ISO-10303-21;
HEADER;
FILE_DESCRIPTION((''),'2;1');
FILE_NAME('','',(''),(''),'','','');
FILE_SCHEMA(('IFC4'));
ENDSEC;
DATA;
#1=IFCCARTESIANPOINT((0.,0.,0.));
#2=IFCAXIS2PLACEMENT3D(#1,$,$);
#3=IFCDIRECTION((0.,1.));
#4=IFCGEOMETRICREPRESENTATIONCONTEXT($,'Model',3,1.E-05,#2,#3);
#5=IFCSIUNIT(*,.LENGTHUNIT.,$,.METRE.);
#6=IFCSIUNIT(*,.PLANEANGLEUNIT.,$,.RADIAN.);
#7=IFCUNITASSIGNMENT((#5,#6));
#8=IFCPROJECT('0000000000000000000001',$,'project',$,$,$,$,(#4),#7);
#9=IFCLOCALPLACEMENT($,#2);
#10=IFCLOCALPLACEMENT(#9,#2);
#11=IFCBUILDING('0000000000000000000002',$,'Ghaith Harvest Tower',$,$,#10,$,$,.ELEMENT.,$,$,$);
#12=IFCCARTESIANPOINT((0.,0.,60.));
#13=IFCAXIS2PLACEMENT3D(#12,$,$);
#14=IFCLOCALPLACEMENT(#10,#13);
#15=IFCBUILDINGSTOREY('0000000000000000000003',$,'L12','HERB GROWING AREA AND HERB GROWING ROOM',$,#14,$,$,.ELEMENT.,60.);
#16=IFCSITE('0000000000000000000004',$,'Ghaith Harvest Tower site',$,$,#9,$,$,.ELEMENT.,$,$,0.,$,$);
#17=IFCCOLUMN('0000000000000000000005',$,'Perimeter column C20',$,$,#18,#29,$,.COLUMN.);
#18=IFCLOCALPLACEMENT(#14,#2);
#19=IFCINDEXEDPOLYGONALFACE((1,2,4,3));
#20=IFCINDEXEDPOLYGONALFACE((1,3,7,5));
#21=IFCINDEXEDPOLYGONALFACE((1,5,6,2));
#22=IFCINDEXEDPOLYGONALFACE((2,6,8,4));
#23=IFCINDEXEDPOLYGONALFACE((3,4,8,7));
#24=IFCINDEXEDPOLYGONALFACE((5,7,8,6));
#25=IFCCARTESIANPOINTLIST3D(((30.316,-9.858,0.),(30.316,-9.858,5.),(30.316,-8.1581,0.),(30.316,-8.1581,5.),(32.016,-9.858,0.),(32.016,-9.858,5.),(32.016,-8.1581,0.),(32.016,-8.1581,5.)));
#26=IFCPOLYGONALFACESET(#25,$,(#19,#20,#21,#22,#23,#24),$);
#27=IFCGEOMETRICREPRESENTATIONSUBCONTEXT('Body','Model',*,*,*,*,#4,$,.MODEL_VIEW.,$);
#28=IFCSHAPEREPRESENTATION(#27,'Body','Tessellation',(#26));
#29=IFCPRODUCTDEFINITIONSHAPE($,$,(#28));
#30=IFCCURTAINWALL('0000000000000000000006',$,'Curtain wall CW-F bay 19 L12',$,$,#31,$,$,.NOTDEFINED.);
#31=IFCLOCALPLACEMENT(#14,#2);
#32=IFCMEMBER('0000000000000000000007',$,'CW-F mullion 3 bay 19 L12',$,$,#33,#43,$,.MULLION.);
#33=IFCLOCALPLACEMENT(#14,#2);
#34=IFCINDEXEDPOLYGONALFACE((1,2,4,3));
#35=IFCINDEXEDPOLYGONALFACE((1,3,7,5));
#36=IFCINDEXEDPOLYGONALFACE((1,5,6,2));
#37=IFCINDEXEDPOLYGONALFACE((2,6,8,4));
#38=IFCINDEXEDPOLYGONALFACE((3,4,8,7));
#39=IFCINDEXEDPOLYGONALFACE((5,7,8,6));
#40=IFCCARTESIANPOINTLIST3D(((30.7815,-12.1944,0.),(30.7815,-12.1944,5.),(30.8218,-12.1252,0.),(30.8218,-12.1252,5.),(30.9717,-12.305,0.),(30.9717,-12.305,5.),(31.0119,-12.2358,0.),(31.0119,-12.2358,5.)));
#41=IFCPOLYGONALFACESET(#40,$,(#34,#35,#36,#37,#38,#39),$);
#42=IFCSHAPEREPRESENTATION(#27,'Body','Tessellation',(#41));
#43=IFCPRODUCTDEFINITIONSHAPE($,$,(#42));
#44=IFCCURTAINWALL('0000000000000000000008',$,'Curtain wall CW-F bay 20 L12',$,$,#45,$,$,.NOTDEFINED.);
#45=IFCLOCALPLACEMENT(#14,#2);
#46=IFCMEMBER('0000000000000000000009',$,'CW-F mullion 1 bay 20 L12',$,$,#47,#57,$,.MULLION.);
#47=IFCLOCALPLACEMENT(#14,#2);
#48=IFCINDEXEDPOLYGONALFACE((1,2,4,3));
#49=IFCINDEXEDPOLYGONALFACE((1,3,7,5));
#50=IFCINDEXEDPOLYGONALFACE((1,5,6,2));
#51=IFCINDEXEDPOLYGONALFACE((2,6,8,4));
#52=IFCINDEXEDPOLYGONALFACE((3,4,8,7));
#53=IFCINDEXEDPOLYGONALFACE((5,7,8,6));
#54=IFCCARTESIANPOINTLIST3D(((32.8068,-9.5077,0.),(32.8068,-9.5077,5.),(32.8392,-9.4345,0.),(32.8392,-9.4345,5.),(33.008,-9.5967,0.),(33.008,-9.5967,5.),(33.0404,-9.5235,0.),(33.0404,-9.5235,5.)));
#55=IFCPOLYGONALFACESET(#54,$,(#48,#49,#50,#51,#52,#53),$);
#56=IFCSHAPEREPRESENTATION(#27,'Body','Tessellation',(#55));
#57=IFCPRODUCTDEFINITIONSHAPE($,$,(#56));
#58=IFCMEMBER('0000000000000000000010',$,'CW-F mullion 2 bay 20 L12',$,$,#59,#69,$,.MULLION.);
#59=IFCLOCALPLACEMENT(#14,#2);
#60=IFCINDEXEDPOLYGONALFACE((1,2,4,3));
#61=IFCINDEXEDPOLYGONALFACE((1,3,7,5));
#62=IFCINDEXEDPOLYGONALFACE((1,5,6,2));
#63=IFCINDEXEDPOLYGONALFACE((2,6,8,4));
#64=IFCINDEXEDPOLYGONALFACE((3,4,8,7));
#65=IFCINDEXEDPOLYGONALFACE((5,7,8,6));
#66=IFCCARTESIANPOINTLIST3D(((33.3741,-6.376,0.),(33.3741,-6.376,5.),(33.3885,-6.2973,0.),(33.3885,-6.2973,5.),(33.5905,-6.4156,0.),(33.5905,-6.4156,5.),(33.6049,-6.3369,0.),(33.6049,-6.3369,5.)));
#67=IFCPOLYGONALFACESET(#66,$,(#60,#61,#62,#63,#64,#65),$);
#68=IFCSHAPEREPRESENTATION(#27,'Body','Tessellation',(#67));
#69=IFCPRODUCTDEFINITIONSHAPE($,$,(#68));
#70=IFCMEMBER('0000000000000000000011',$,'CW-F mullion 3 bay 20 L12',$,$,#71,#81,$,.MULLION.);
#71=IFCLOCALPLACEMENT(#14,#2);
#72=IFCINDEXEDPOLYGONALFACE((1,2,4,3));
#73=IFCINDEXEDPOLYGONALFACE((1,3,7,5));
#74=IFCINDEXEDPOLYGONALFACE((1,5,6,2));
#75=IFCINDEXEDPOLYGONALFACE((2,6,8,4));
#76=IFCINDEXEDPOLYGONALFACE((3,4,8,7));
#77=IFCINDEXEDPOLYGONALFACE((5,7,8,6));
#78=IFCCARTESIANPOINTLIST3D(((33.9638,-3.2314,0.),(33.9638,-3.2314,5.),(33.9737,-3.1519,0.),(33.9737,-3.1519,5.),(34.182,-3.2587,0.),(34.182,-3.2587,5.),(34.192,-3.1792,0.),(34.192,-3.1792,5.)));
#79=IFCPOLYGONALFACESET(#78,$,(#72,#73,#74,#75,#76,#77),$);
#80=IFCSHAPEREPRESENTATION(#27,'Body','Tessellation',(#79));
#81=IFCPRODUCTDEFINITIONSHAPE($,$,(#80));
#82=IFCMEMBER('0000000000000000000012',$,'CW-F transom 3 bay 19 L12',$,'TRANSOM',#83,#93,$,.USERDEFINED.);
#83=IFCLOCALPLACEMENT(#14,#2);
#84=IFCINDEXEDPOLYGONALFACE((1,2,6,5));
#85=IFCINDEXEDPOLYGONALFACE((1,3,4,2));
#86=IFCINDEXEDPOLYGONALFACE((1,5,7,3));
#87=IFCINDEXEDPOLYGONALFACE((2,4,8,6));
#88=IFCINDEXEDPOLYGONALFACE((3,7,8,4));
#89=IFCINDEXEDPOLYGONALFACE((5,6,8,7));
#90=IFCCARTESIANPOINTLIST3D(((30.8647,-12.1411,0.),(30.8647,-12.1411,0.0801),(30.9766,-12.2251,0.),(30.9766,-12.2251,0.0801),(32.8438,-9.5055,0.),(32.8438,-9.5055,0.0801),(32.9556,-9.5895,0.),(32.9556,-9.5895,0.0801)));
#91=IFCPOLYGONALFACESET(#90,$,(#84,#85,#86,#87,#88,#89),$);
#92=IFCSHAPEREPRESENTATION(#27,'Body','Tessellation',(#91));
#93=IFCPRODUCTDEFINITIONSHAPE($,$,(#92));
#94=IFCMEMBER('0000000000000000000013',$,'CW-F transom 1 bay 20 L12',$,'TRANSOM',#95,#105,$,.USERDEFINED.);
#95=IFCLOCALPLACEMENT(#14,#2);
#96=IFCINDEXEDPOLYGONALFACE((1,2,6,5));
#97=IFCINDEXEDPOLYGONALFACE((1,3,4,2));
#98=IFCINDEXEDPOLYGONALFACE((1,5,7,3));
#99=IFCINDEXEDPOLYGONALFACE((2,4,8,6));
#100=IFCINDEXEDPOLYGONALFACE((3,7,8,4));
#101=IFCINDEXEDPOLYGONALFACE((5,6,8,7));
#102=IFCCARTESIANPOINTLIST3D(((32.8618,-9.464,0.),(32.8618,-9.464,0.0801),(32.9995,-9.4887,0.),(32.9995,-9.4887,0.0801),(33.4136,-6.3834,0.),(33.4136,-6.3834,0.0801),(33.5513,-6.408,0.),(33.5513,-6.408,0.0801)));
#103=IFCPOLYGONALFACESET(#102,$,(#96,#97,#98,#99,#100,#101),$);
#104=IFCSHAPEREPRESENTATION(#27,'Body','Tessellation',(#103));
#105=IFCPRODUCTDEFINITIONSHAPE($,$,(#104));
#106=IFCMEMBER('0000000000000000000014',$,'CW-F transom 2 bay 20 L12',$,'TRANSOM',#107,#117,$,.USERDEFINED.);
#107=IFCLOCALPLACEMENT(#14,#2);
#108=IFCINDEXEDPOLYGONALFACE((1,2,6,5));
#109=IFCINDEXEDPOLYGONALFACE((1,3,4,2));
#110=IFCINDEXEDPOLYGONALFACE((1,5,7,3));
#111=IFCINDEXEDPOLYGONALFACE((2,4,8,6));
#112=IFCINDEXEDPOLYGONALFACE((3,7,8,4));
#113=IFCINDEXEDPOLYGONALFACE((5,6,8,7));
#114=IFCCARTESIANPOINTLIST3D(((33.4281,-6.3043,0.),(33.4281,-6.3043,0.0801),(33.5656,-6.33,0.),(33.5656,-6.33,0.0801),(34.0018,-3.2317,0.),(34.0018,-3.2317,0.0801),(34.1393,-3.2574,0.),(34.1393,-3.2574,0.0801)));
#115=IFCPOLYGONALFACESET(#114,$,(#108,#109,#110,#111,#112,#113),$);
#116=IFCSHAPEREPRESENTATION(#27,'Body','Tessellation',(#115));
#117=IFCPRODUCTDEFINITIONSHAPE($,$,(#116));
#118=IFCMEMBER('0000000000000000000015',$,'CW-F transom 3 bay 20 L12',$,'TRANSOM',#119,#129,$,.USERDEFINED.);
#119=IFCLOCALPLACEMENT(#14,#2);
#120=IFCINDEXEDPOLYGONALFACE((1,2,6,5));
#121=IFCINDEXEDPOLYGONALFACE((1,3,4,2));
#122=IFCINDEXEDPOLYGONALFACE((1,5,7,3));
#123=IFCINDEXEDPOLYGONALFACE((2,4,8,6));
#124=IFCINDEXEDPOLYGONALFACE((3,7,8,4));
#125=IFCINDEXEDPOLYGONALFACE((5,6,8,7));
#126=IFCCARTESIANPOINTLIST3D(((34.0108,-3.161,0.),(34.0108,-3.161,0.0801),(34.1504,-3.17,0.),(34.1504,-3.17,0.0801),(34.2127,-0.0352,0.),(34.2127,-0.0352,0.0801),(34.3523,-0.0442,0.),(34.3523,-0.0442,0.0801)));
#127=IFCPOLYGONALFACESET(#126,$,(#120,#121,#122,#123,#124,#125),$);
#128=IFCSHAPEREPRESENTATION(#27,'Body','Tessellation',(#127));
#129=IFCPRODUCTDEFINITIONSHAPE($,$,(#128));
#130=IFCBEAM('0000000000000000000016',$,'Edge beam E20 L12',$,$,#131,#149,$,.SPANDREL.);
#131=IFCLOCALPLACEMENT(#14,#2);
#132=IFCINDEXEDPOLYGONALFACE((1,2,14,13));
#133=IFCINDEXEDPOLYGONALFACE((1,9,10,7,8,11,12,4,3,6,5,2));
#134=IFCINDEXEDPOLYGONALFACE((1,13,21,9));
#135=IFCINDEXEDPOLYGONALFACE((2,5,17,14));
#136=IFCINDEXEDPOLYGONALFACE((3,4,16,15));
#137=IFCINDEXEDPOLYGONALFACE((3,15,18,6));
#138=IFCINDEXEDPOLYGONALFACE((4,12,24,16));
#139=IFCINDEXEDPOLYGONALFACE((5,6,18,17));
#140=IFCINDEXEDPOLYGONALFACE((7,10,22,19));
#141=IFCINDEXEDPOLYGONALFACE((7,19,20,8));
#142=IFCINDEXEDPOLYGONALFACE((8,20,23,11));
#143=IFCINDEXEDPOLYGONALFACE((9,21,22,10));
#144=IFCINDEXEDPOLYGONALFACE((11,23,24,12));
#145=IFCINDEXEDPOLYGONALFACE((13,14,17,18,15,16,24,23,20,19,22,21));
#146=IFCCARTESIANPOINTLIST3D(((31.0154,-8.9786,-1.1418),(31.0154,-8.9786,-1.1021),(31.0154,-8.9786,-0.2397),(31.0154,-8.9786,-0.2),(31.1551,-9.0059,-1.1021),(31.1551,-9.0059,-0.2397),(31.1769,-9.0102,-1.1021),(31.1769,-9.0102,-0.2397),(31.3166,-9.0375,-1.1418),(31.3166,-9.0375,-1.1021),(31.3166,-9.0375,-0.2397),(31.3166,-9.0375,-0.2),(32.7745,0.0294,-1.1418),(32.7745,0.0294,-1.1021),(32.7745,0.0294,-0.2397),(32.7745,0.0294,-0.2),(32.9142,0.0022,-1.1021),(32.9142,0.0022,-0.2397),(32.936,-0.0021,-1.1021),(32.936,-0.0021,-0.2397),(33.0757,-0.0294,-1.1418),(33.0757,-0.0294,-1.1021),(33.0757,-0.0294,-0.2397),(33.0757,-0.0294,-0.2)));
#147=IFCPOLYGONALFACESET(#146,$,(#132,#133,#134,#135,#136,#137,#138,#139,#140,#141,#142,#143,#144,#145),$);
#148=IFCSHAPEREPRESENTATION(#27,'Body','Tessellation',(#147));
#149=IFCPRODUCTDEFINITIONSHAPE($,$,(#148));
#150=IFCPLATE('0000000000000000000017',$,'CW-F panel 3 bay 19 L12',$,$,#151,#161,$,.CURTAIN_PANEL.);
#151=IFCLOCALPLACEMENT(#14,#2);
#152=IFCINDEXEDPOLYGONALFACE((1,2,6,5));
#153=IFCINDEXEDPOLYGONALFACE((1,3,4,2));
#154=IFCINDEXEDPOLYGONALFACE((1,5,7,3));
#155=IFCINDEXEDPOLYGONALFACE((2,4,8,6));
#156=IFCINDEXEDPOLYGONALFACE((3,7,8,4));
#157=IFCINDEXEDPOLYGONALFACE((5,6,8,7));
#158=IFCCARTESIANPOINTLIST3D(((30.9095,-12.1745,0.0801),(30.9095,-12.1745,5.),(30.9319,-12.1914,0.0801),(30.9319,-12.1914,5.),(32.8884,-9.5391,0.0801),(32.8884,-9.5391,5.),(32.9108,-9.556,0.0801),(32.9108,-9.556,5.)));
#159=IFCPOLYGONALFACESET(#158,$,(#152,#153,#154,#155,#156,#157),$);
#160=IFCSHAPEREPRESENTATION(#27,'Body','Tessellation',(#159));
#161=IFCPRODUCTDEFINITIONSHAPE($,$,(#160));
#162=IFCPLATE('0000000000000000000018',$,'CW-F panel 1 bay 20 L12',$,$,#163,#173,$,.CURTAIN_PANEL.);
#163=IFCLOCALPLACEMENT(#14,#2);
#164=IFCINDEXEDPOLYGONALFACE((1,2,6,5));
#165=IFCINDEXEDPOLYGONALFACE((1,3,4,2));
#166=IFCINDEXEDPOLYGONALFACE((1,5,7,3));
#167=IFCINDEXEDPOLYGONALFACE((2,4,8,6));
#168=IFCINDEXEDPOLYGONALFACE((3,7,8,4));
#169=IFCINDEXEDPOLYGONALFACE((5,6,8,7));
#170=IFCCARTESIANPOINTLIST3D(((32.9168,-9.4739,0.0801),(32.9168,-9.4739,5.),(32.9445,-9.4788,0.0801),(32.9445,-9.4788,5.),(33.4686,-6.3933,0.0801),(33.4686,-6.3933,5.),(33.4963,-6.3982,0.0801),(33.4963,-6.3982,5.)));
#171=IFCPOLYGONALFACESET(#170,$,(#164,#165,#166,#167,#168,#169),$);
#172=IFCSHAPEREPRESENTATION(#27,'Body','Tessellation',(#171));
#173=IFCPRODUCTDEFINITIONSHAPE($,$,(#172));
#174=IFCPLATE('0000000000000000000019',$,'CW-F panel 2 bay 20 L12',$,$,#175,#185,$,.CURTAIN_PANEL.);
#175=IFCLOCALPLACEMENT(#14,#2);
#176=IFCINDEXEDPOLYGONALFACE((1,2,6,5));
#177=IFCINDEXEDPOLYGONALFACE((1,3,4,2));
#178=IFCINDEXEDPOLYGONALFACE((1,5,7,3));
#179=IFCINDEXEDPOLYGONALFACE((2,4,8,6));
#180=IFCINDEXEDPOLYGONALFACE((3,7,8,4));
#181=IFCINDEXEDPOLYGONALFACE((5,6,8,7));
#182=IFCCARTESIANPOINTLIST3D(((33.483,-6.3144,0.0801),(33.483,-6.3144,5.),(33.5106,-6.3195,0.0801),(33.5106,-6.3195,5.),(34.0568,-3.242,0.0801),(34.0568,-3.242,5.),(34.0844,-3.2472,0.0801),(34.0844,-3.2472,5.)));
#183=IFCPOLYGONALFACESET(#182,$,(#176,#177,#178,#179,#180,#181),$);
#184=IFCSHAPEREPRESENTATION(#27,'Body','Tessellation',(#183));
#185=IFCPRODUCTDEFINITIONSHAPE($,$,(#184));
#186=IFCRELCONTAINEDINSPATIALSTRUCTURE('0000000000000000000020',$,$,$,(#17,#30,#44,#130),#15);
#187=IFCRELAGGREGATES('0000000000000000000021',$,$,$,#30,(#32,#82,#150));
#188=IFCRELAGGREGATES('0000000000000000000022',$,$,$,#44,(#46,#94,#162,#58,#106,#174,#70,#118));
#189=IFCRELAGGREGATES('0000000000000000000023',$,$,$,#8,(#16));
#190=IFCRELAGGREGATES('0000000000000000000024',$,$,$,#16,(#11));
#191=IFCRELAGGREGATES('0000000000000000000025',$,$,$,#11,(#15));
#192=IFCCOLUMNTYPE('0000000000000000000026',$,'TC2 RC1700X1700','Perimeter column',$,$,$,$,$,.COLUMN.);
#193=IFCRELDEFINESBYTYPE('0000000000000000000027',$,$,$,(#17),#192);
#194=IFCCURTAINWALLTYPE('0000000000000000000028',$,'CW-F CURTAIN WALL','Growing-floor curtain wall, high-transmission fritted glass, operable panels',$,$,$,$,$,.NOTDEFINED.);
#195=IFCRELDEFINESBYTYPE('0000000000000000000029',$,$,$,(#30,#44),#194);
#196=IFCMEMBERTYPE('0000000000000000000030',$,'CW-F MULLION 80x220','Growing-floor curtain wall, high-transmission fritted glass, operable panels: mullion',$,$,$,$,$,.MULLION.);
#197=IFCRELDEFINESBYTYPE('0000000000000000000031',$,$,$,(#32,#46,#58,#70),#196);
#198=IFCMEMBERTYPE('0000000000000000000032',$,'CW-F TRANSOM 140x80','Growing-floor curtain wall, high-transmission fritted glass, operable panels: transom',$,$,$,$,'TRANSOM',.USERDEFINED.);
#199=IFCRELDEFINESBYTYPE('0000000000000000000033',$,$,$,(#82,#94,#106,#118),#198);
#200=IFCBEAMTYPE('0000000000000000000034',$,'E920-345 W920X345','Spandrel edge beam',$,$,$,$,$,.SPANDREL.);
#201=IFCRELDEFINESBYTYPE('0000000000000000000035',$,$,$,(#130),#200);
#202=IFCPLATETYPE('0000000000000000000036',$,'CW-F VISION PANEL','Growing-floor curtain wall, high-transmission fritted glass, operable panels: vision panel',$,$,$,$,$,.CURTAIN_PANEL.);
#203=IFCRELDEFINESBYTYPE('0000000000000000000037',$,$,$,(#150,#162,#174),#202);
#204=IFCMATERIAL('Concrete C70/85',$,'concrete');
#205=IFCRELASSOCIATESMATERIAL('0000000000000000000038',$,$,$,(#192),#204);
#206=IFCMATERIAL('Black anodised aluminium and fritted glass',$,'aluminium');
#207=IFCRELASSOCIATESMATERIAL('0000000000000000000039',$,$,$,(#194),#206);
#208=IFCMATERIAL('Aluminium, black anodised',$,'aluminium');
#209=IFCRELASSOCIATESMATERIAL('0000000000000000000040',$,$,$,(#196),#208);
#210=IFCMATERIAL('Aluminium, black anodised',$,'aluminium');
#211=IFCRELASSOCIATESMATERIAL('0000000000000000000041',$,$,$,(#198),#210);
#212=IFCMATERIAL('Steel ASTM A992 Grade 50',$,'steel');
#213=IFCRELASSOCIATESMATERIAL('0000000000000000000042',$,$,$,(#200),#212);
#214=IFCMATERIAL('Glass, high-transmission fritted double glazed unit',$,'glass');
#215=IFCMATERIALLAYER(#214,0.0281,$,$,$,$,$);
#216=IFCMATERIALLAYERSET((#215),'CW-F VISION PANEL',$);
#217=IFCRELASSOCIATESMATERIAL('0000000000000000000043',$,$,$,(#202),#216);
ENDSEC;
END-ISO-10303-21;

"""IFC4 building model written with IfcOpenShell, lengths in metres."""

from ifc_helpers import new_model, si_unit, direction, frame, origin, origin_2d, place, context, subcontext, project, spatial, rectangle, i_section, extrude, material, layer, layer_set, material_profile, profile_set, type_object, element, aggregate, save


model = new_model("IFC4")

# Units and contexts
model_context = context("Model", 3, precision=1e-05, world=origin(), true_north=direction((0.0, 1.0)))
body_context = subcontext(model_context, "Body", "Model", "MODEL_VIEW")
ifc_project = project(units=[si_unit("LENGTHUNIT", "METRE"), si_unit("PLANEANGLEUNIT", "RADIAN")], contexts=[model_context])

# Site, building, storey
site_placement = place(None, origin())
site = spatial("IfcSite", under=ifc_project, at=site_placement, Name="Ghaith Harvest Tower site", CompositionType="ELEMENT", RefElevation=0.0)
building_placement = place(site_placement, origin())
building = spatial("IfcBuilding", under=site, at=building_placement, Name="Ghaith Harvest Tower", CompositionType="ELEMENT")
storey_placement = place(building_placement, frame((0.0, 0.0, 60.0)))
storey = spatial("IfcBuildingStorey", under=building, at=storey_placement, Name="L12", Description="HERB GROWING AREA AND HERB GROWING ROOM", CompositionType="ELEMENT", Elevation=60.0)

# Column
ifc_material_1 = material(Name="Concrete C70/85", Category="concrete")
ifc_material_profile_1 = material_profile(ifc_material_1, rectangle(XDim=1.7, YDim=1.7, at=origin_2d()), Name="RC1700X1700")
ifc_profile_set_1 = profile_set([ifc_material_profile_1], Name="Concrete C70/85")
column_type = type_object("IfcColumnType", Name="TC2 RC1700X1700", Description="Perimeter column", PredefinedType="COLUMN", material=ifc_profile_set_1)
column_placement = place(storey_placement, frame((31.166, -9.0081, 0.0), z_axis=(0.0, 0.0, 1.0), x_axis=(1.0, 0.0, 0.0)))
element("IfcColumn", 1, at=column_placement, inside=storey, type_object=column_type, Name="Perimeter column C20", PredefinedType="COLUMN", context=body_context, shape_type="SweptSolid", body=[
    extrude(rectangle(XDim=1.7, YDim=1.7, at=origin_2d()), origin(), (0.0, 0.0, 1.0), 5.0),
])

# Curtain wall, member
ifc_material_2 = material(Name="Black anodised aluminium and fritted glass", Category="aluminium")
curtain_wall_type = type_object("IfcCurtainWallType", Name="CW-F CURTAIN WALL", Description="Growing-floor curtain wall, high-transmission fritted glass, operable panels", PredefinedType="NOTDEFINED", material=ifc_material_2)
curtain_wall_1_placement = place(storey_placement, origin())
curtain_wall_1 = element("IfcCurtainWall", 2, at=curtain_wall_1_placement, inside=storey, type_object=curtain_wall_type, Name="Curtain wall CW-F bay 19 L12", PredefinedType="NOTDEFINED")
ifc_material_3 = material(Name="Aluminium, black anodised", Category="aluminium")
ifc_material_profile_2 = material_profile(ifc_material_3, rectangle(XDim=0.0801, YDim=0.22, at=origin_2d()), Name="CW-F MULLION 80x220")
ifc_profile_set_2 = profile_set([ifc_material_profile_2], Name="Aluminium, black anodised")
member_type_1 = type_object("IfcMemberType", Name="CW-F MULLION 80x220", Description="Growing-floor curtain wall, high-transmission fritted glass, operable panels: mullion", PredefinedType="MULLION", material=ifc_profile_set_2)
member_1_placement = place(storey_placement, frame((30.8967, -12.2151, 0.0), z_axis=(0.0, 0.0, 1.0), x_axis=(0.502795, 0.864406, 0.0)))
member_1 = element("IfcMember", 3, at=member_1_placement, type_object=member_type_1, Name="CW-F mullion 3 bay 19 L12", PredefinedType="MULLION", context=body_context, shape_type="SweptSolid", body=[
    extrude(rectangle(XDim=0.0801, YDim=0.22, at=origin_2d()), origin(), (0.0, 0.0, 1.0), 5.0),
])

# Curtain wall, members
curtain_wall_2_placement = place(storey_placement, origin())
curtain_wall_2 = element("IfcCurtainWall", 4, at=curtain_wall_2_placement, inside=storey, type_object=curtain_wall_type, Name="Curtain wall CW-F bay 20 L12", PredefinedType="NOTDEFINED")
member_2_placement = place(storey_placement, frame((32.9236, -9.5156, 0.0), z_axis=(0.0, 0.0, 1.0), x_axis=(0.404702, 0.914449, 0.0)))
member_2 = element("IfcMember", 5, at=member_2_placement, type_object=member_type_1, Name="CW-F mullion 1 bay 20 L12", PredefinedType="MULLION", context=body_context, shape_type="SweptSolid", body=[
    extrude(rectangle(XDim=0.0801, YDim=0.22, at=origin_2d()), origin(), (0.0, 0.0, 1.0), 5.0),
])
member_3_placement = place(storey_placement, frame((33.4895, -6.3564, 0.0), z_axis=(0.0, 0.0, 1.0), x_axis=(0.179943, 0.983677, 0.0)))
member_3 = element("IfcMember", 6, at=member_3_placement, type_object=member_type_1, Name="CW-F mullion 2 bay 20 L12", PredefinedType="MULLION", context=body_context, shape_type="SweptSolid", body=[
    extrude(rectangle(XDim=0.0801, YDim=0.22, at=origin_2d()), origin(), (0.0, 0.0, 1.0), 5.0),
])
member_4_placement = place(storey_placement, frame((34.0779, -3.2053, 0.0), z_axis=(0.0, 0.0, 1.0), x_axis=(0.12417, 0.992261, 0.0)))
member_4 = element("IfcMember", 7, at=member_4_placement, type_object=member_type_1, Name="CW-F mullion 3 bay 20 L12", PredefinedType="MULLION", context=body_context, shape_type="SweptSolid", body=[
    extrude(rectangle(XDim=0.0801, YDim=0.22, at=origin_2d()), origin(), (0.0, 0.0, 1.0), 5.0),
])

# Members
ifc_material_4 = material(Name="Aluminium, black anodised", Category="aluminium")
ifc_material_profile_3 = material_profile(ifc_material_4, rectangle(XDim=0.1399, YDim=0.0801, at=origin_2d()), Name="CW-F TRANSOM 140x80")
ifc_profile_set_3 = profile_set([ifc_material_profile_3], Name="Aluminium, black anodised")
member_type_2 = type_object("IfcMemberType", Name="CW-F TRANSOM 140x80", Description="Growing-floor curtain wall, high-transmission fritted glass, operable panels: transom", ElementType="TRANSOM", PredefinedType="USERDEFINED", material=ifc_profile_set_3)
member_5_placement = place(storey_placement, frame((30.9207, -12.1831, 0.04), z_axis=(0.600462, 0.799653, 0.0), x_axis=(-0.799653, 0.600462, 0.0)))
member_5 = element("IfcMember", 8, at=member_5_placement, type_object=member_type_2, Name="CW-F transom 3 bay 19 L12", ObjectType="TRANSOM", PredefinedType="USERDEFINED", context=body_context, shape_type="SweptSolid", body=[
    extrude(rectangle(XDim=0.1399, YDim=0.0801, at=origin_2d()), origin(), (0.0, 0.0, 1.0), 3.2959),
])
member_6_placement = place(storey_placement, frame((32.9307, -9.4763, 0.04), z_axis=(0.176304, 0.984336, 0.0), x_axis=(-0.984336, 0.176304, 0.0)))
member_6 = element("IfcMember", 9, at=member_6_placement, type_object=member_type_2, Name="CW-F transom 1 bay 20 L12", ObjectType="TRANSOM", PredefinedType="USERDEFINED", context=body_context, shape_type="SweptSolid", body=[
    extrude(rectangle(XDim=0.1399, YDim=0.0801, at=origin_2d()), origin(), (0.0, 0.0, 1.0), 3.1296),
])
member_7_placement = place(storey_placement, frame((33.4968, -6.3171, 0.04), z_axis=(0.183557, 0.983009, 0.0), x_axis=(-0.983009, 0.183557, 0.0)))
member_7 = element("IfcMember", 10, at=member_7_placement, type_object=member_type_2, Name="CW-F transom 2 bay 20 L12", ObjectType="TRANSOM", PredefinedType="USERDEFINED", context=body_context, shape_type="SweptSolid", body=[
    extrude(rectangle(XDim=0.1399, YDim=0.0801, at=origin_2d()), origin(), (0.0, 0.0, 1.0), 3.1257),
])
member_8_placement = place(storey_placement, frame((34.0806, -3.1655, 0.04), z_axis=(0.06446, 0.99792, 0.0), x_axis=(-0.99792, 0.06446, 0.0)))
member_8 = element("IfcMember", 11, at=member_8_placement, type_object=member_type_2, Name="CW-F transom 3 bay 20 L12", ObjectType="TRANSOM", PredefinedType="USERDEFINED", context=body_context, shape_type="SweptSolid", body=[
    extrude(rectangle(XDim=0.1399, YDim=0.0801, at=origin_2d()), origin(), (0.0, 0.0, 1.0), 3.1323),
])

# Beam
ifc_material_5 = material(Name="Steel ASTM A992 Grade 50", Category="steel")
ifc_material_profile_4 = material_profile(ifc_material_5, i_section(OverallWidth=0.3069, OverallDepth=0.9419, WebThickness=0.0222, FlangeThickness=0.0398, at=origin_2d()), Name="W920X345")
ifc_profile_set_4 = profile_set([ifc_material_profile_4], Name="Steel ASTM A992 Grade 50")
beam_type = type_object("IfcBeamType", Name="E920-345 W920X345", Description="Spandrel edge beam", PredefinedType="SPANDREL", material=ifc_profile_set_4)
beam_placement = place(storey_placement, frame((31.166, -9.0081, -0.6709), z_axis=(0.191653, 0.981463, 0.0), x_axis=(-0.981463, 0.191653, 0.0)))
element("IfcBeam", 12, at=beam_placement, inside=storey, type_object=beam_type, Name="Edge beam E20 L12", PredefinedType="SPANDREL", context=body_context, shape_type="SweptSolid", body=[
    extrude(i_section(OverallWidth=0.3069, OverallDepth=0.9419, WebThickness=0.0222, FlangeThickness=0.0398, at=origin_2d()), origin(), (0.0, 0.0, 1.0), 9.1782),
])

# Plates
ifc_material_6 = material(Name="Glass, high-transmission fritted double glazed unit", Category="glass")
ifc_layer_1 = layer(ifc_material_6, 0.0281)
ifc_layer_set_1 = layer_set([ifc_layer_1], Name="CW-F VISION PANEL")
plate_type = type_object("IfcPlateType", Name="CW-F VISION PANEL", Description="Growing-floor curtain wall, high-transmission fritted glass, operable panels: vision panel", PredefinedType="CURTAIN_PANEL", material=ifc_layer_set_1)
plate_1_placement = place(storey_placement, frame((31.9102, -10.8652, 0.0801), z_axis=(0.0, 0.0, 1.0), x_axis=(0.600454, 0.799659, 0.0)))
plate_1 = element("IfcPlate", 13, at=plate_1_placement, type_object=plate_type, Name="CW-F panel 3 bay 19 L12", PredefinedType="CURTAIN_PANEL", context=body_context, shape_type="SweptSolid", body=[
    extrude(rectangle(XDim=3.2957, YDim=0.0281, at=origin_2d()), origin(), (0.0, 0.0, 1.0), 4.9199),
])
aggregate(curtain_wall_1, [member_1, member_5, plate_1])
plate_2_placement = place(storey_placement, frame((33.2065, -7.936, 0.0801), z_axis=(0.0, 0.0, 1.0), x_axis=(0.17632, 0.984333, 0.0)))
plate_2 = element("IfcPlate", 14, at=plate_2_placement, type_object=plate_type, Name="CW-F panel 1 bay 20 L12", PredefinedType="CURTAIN_PANEL", context=body_context, shape_type="SweptSolid", body=[
    extrude(rectangle(XDim=3.1296, YDim=0.0281, at=origin_2d()), origin(), (0.0, 0.0, 1.0), 4.9199),
])
plate_3_placement = place(storey_placement, frame((33.7837, -4.7808, 0.0801), z_axis=(0.0, 0.0, 1.0), x_axis=(0.183569, 0.983007, 0.0)))
plate_3 = element("IfcPlate", 15, at=plate_3_placement, type_object=plate_type, Name="CW-F panel 2 bay 20 L12", PredefinedType="CURTAIN_PANEL", context=body_context, shape_type="SweptSolid", body=[
    extrude(rectangle(XDim=3.1255, YDim=0.0281, at=origin_2d()), origin(), (0.0, 0.0, 1.0), 4.9199),
])
aggregate(curtain_wall_2, [member_2, member_6, plate_2, member_3, member_7, plate_3, member_4, member_8])

save(model, "model.ifc")
